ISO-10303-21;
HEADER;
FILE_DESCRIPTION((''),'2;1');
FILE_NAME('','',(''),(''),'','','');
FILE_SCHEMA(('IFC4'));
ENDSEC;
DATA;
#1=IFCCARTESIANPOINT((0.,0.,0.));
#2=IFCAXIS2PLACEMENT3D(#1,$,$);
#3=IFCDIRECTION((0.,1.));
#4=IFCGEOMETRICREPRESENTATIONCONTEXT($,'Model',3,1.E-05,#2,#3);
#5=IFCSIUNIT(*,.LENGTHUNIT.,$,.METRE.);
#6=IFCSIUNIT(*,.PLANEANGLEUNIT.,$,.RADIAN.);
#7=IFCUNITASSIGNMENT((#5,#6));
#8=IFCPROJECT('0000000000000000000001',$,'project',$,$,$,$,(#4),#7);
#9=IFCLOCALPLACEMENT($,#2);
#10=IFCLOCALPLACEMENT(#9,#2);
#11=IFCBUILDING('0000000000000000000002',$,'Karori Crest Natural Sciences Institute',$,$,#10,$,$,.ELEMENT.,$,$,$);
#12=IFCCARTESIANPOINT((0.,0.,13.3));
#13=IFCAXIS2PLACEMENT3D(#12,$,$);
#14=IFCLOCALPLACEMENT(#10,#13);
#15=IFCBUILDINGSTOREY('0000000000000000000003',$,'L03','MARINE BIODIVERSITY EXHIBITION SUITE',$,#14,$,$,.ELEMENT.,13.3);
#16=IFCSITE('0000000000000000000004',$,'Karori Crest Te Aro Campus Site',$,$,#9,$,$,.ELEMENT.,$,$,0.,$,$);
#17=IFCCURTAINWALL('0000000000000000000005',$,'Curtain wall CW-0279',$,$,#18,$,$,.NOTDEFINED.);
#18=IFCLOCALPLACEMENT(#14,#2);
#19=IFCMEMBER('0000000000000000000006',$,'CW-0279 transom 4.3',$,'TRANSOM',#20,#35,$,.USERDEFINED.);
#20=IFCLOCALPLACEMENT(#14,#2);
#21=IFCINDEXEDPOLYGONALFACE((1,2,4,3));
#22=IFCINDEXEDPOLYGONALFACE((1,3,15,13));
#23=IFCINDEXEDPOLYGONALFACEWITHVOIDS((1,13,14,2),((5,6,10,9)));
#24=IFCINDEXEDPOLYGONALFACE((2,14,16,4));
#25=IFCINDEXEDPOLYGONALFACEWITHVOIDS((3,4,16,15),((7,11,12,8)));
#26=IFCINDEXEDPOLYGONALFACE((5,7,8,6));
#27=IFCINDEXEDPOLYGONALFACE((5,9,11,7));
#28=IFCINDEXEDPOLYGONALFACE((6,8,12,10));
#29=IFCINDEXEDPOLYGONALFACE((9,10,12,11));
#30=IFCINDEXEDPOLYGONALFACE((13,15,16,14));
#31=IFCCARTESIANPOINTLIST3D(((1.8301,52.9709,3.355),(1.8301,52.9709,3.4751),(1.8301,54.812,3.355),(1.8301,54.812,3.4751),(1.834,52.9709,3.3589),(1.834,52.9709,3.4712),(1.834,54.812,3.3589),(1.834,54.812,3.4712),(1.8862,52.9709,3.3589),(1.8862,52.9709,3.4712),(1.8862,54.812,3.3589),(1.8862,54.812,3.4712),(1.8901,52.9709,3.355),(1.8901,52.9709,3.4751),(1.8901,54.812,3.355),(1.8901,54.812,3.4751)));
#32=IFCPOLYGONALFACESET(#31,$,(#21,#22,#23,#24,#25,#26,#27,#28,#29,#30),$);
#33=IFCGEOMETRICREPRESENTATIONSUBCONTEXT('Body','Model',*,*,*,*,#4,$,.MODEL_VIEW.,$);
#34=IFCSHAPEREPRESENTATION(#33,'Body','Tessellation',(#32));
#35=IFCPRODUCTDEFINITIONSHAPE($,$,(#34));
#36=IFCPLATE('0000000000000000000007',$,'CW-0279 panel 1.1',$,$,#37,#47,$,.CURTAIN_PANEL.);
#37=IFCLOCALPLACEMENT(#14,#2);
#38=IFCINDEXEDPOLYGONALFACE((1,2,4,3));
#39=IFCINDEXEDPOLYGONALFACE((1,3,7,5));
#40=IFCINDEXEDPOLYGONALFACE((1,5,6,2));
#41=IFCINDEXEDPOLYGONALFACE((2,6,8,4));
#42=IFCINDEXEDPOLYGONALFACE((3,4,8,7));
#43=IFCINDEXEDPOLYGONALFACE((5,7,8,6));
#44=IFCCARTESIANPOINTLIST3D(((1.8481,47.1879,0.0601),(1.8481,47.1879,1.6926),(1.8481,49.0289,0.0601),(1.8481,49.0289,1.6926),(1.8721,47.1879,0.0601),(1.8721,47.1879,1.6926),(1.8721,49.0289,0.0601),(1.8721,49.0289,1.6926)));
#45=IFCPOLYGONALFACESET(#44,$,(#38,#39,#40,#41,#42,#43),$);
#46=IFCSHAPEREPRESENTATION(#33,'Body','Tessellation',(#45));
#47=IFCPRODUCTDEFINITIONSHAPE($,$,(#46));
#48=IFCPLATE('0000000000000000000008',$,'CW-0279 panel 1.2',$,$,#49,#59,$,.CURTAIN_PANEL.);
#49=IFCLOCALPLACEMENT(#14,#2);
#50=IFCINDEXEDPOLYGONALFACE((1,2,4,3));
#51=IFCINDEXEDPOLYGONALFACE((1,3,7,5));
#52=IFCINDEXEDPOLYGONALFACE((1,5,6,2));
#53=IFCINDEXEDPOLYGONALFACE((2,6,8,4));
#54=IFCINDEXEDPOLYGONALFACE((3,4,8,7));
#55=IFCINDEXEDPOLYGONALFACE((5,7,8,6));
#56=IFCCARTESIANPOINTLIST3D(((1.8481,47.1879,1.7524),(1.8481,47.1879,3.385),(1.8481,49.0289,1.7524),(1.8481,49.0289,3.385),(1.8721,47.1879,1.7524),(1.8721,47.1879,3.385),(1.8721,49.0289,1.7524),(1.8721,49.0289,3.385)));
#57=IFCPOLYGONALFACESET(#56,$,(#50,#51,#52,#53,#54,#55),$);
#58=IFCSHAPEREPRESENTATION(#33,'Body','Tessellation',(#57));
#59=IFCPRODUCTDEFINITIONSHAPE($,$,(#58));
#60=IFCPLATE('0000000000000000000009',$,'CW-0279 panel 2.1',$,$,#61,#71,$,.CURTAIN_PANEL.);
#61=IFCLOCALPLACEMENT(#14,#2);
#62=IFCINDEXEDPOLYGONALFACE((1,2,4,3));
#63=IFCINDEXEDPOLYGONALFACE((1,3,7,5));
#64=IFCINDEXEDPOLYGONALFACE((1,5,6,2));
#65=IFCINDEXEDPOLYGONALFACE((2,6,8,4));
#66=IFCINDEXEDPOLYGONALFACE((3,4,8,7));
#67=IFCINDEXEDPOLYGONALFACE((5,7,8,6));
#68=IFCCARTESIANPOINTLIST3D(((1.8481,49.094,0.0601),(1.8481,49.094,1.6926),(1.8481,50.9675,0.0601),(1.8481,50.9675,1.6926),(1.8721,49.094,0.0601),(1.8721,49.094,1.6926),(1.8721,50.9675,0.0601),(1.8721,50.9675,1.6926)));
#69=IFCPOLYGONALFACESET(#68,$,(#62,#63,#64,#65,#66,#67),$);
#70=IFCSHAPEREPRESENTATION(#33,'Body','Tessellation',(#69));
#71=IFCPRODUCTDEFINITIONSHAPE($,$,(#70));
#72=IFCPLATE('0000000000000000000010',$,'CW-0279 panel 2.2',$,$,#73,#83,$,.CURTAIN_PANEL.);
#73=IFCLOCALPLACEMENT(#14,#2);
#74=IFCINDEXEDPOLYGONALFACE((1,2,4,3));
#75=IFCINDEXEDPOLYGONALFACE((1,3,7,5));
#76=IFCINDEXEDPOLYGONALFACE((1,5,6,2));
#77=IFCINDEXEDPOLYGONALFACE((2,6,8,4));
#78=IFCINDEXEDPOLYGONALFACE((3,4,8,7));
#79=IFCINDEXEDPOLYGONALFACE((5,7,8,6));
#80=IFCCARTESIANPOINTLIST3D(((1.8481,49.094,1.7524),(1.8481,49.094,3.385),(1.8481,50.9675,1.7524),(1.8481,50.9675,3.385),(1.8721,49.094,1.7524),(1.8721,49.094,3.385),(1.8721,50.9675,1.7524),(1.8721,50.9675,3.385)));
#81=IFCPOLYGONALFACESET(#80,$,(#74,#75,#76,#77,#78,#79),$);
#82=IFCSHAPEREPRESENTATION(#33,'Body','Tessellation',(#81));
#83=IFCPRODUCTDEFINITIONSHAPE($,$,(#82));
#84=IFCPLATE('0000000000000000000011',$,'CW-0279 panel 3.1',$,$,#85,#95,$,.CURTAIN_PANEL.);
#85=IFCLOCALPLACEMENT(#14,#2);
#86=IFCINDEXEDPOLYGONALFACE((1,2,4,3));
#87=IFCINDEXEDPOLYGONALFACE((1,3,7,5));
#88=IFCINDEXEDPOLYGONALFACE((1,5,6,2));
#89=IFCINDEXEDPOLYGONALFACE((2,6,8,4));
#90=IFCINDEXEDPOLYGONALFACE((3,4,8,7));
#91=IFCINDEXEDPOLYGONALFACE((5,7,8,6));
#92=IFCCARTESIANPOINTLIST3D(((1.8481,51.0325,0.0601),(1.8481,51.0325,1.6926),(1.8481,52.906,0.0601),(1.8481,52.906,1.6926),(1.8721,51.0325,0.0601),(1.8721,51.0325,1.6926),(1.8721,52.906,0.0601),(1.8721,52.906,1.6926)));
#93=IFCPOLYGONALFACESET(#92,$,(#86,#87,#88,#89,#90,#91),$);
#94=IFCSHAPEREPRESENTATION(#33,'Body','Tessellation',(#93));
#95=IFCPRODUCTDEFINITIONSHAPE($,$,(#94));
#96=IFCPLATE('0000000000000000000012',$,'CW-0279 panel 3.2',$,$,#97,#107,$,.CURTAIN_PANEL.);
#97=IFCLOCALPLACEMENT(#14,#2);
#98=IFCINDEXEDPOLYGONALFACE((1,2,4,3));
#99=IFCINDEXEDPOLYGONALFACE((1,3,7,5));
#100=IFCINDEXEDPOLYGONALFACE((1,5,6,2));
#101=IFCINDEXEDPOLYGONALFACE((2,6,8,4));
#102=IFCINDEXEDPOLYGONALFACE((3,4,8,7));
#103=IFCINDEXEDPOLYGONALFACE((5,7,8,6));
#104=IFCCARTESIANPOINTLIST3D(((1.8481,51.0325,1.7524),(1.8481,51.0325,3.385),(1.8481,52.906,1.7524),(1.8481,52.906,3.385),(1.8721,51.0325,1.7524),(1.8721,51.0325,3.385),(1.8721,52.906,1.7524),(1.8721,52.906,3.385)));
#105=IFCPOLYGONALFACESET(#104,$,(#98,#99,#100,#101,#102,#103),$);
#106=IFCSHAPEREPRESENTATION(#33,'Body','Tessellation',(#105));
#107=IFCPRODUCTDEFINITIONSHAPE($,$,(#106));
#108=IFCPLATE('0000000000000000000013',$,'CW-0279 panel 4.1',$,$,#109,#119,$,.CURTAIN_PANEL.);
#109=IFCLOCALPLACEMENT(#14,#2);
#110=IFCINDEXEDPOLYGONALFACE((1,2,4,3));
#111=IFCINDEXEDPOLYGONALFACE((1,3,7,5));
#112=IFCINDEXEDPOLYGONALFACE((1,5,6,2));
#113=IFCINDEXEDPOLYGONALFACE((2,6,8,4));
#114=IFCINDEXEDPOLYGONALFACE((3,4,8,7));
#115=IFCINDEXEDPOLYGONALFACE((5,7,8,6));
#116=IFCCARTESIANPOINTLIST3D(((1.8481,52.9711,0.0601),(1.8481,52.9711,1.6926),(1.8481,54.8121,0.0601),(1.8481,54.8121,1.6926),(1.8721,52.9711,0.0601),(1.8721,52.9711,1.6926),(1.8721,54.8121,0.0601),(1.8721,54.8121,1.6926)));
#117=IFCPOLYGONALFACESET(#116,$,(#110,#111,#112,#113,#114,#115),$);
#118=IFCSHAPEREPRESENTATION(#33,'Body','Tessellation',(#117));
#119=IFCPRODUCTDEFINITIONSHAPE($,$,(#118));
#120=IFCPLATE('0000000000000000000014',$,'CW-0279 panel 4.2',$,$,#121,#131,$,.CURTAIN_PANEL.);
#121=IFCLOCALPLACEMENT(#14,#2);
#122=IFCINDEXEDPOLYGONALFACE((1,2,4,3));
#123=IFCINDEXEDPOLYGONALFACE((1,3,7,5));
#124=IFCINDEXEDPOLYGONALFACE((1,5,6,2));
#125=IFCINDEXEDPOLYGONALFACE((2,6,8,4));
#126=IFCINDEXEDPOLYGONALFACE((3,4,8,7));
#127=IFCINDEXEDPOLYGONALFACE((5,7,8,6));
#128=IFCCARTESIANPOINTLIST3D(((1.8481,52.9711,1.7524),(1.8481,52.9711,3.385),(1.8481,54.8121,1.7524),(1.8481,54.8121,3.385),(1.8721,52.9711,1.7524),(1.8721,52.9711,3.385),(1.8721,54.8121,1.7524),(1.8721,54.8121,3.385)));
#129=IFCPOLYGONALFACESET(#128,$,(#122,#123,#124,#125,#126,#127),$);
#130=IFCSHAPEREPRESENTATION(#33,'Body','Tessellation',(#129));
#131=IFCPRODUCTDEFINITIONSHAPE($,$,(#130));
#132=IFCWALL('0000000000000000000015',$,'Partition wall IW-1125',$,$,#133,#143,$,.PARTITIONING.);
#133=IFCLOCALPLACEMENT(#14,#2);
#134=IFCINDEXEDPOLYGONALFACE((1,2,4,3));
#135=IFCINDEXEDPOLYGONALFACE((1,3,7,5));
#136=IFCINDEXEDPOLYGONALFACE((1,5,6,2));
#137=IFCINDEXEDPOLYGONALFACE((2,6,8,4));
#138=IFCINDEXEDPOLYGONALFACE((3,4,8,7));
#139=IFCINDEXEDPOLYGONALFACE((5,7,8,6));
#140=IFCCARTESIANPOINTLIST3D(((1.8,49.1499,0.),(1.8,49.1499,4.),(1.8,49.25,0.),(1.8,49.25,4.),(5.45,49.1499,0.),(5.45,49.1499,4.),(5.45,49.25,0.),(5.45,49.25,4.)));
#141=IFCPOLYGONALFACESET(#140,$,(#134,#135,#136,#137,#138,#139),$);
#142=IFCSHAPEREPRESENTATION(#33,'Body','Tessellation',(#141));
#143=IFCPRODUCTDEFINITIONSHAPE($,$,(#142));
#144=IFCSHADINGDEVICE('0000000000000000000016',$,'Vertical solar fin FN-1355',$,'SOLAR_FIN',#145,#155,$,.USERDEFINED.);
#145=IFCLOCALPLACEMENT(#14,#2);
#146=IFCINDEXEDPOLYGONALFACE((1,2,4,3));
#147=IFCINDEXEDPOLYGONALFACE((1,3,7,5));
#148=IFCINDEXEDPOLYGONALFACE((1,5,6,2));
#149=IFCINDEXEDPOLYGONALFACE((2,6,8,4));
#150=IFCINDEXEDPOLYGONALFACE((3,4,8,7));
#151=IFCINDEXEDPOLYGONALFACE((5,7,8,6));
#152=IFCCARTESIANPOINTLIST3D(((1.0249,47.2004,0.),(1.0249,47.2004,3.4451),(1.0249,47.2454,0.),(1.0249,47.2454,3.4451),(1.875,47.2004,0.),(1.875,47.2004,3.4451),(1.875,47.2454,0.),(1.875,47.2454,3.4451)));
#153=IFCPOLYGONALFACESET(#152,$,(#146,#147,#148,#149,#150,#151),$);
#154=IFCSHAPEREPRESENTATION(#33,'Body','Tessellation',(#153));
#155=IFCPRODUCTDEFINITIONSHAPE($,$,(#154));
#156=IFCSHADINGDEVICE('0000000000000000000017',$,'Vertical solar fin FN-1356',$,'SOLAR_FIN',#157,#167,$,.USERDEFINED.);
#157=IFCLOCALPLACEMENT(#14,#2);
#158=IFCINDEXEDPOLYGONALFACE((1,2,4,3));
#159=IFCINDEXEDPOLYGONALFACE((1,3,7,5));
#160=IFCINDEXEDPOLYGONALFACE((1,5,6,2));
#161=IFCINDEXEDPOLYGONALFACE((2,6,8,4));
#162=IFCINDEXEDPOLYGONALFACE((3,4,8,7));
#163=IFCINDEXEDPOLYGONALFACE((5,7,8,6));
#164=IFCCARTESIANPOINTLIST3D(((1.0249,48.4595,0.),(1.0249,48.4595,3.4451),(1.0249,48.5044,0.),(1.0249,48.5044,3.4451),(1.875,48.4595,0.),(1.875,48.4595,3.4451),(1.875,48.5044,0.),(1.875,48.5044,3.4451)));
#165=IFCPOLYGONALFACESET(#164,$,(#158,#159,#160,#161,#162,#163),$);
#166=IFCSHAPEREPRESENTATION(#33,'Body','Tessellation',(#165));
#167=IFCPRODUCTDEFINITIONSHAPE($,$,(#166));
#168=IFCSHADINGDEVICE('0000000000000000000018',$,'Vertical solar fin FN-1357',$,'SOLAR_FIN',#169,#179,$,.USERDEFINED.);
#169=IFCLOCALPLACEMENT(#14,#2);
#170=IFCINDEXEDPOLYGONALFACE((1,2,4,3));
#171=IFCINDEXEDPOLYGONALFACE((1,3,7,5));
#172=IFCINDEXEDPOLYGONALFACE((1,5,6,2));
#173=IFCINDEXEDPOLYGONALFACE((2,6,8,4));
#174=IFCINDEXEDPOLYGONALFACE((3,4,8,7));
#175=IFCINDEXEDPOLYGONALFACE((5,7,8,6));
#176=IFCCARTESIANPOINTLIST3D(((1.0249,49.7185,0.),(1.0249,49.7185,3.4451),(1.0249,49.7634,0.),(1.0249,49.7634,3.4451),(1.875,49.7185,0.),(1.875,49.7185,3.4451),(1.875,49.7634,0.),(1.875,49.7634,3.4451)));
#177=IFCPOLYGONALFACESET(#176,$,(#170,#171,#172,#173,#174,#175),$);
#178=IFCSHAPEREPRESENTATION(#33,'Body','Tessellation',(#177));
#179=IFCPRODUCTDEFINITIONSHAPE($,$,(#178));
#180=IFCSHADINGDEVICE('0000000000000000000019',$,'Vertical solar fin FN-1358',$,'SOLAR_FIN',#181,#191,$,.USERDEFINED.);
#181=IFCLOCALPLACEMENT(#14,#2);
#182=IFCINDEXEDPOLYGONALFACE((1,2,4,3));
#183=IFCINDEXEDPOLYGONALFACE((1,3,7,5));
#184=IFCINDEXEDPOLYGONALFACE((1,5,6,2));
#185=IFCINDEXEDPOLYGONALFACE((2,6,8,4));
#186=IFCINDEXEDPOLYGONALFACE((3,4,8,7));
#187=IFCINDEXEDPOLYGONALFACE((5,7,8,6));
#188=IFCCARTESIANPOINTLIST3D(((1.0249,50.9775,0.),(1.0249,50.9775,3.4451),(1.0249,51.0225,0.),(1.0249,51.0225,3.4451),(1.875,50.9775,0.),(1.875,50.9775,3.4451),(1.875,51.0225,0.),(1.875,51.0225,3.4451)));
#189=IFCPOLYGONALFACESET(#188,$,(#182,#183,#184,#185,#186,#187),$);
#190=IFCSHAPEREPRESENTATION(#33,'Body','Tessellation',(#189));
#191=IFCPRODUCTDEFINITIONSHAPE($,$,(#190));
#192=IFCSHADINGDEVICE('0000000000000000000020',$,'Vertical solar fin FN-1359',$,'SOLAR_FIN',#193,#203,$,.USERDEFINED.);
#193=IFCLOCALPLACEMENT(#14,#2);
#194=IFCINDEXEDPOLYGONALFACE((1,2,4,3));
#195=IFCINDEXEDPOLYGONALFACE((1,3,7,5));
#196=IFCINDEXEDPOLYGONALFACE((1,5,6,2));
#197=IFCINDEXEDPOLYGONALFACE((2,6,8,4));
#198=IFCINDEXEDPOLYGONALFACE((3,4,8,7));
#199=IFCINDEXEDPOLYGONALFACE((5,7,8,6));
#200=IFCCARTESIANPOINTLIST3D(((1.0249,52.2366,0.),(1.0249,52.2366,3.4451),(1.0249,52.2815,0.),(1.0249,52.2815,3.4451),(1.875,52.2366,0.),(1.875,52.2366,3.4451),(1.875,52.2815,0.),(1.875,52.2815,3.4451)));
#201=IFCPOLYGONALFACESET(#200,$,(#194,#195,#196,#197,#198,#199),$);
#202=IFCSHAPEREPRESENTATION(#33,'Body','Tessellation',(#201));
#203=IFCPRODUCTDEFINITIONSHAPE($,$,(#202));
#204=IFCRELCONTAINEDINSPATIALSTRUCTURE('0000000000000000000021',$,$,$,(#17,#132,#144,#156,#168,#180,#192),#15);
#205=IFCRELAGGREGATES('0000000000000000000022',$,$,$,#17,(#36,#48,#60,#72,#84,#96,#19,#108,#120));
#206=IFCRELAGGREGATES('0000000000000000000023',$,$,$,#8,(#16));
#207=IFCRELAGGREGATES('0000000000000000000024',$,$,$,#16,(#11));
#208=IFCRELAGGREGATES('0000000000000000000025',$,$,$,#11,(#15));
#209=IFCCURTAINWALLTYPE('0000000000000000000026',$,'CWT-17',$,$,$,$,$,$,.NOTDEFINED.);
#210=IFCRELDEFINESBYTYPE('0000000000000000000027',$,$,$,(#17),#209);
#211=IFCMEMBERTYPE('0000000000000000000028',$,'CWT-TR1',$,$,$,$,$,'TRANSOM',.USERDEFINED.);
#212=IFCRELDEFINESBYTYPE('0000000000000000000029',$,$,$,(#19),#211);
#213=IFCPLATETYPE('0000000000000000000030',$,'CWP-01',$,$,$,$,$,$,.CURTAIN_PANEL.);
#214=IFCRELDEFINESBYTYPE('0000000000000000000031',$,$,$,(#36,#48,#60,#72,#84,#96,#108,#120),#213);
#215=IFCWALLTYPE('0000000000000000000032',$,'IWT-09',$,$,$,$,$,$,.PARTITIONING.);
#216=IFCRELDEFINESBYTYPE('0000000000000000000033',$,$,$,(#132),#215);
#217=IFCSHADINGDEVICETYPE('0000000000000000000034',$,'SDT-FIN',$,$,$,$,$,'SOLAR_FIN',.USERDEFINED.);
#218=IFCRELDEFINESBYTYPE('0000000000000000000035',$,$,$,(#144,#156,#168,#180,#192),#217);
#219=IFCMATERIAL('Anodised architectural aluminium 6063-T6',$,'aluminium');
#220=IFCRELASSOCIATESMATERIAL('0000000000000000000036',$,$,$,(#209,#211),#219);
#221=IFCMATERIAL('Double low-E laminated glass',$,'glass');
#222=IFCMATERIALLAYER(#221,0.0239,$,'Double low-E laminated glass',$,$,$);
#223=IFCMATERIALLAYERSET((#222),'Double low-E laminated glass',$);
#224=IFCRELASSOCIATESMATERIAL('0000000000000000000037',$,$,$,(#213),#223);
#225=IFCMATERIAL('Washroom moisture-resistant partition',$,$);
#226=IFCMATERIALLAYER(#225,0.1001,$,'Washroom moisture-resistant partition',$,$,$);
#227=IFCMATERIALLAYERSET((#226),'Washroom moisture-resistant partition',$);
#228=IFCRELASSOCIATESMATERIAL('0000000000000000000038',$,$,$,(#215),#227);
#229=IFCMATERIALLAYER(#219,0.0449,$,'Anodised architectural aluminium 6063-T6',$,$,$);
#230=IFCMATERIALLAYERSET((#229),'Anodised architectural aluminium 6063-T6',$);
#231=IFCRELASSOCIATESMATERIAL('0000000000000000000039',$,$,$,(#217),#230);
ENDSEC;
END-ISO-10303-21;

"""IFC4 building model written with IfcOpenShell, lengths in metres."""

from ifc_helpers import new_model, si_unit, direction, frame, frame_2d, origin, origin_2d, place, context, subcontext, project, spatial, rectangle, hollow_rectangle, extrude, material, layer, layer_set, material_profile, profile_set, type_object, element, aggregate, save


model = new_model("IFC4")

# Units and contexts
model_context = context("Model", 3, precision=1e-05, world=origin(), true_north=direction((0.0, 1.0)))
body_context = subcontext(model_context, "Body", "Model", "MODEL_VIEW")
ifc_project = project(units=[si_unit("LENGTHUNIT", "METRE"), si_unit("PLANEANGLEUNIT", "RADIAN")], contexts=[model_context])

# Site, building, storey
site_placement = place(None, origin())
site = spatial("IfcSite", under=ifc_project, at=site_placement, Name="Karori Crest Te Aro Campus Site", CompositionType="ELEMENT", RefElevation=0.0)
building_placement = place(site_placement, origin())
building = spatial("IfcBuilding", under=site, at=building_placement, Name="Karori Crest Natural Sciences Institute", CompositionType="ELEMENT")
storey_placement = place(building_placement, frame((0.0, 0.0, 13.3)))
storey = spatial("IfcBuildingStorey", under=building, at=storey_placement, Name="L03", Description="MARINE BIODIVERSITY EXHIBITION SUITE", CompositionType="ELEMENT", Elevation=13.3)

# Curtain wall, member, plates
ifc_material_1 = material(Name="Anodised architectural aluminium 6063-T6", Category="aluminium")
curtain_wall_type = type_object("IfcCurtainWallType", Name="CWT-17", PredefinedType="NOTDEFINED", material=ifc_material_1)
curtain_wall_placement = place(storey_placement, origin())
curtain_wall = element("IfcCurtainWall", 1, at=curtain_wall_placement, inside=storey, type_object=curtain_wall_type, Name="Curtain wall CW-0279", PredefinedType="NOTDEFINED")
ifc_material_profile_1 = material_profile(ifc_material_1, hollow_rectangle(XDim=0.0601, YDim=0.1201, WallThickness=0.0039, at=origin_2d()), Name="CWT120x60x4")
ifc_profile_set_1 = profile_set([ifc_material_profile_1], Name="Anodised architectural aluminium 6063-T6")
member_type_1 = type_object("IfcMemberType", Name="CWT-TR1", ElementType="TRANSOM", PredefinedType="USERDEFINED", material=ifc_profile_set_1)
member_1_placement = place(storey_placement, frame((1.8601, 52.9709, 3.415), z_axis=(0.0, 1.0, 0.0), x_axis=(-1.0, 0.0, 0.0)))
member_1 = element("IfcMember", 2, at=member_1_placement, type_object=member_type_1, Name="CW-0279 transom 4.3", ObjectType="TRANSOM", PredefinedType="USERDEFINED", context=body_context, shape_type="SweptSolid", body=[
    extrude(hollow_rectangle(XDim=0.0601, YDim=0.1201, WallThickness=0.0039, at=origin_2d()), origin(), (0.0, 0.0, 1.0), 1.8411),
])
ifc_material_2 = material(Name="Double low-E laminated glass", Category="glass")
ifc_layer_1 = layer(ifc_material_2, 0.0239, Name="Double low-E laminated glass")
ifc_layer_set_1 = layer_set([ifc_layer_1], Name="Double low-E laminated glass")
plate_type = type_object("IfcPlateType", Name="CWP-01", PredefinedType="CURTAIN_PANEL", material=ifc_layer_set_1)
plate_1_placement = place(storey_placement, frame((1.8601, 48.1084, 0.0601), z_axis=(0.0, 0.0, 1.0), x_axis=(0.0, 1.0, 0.0)))
plate_1 = element("IfcPlate", 3, at=plate_1_placement, type_object=plate_type, Name="CW-0279 panel 1.1", PredefinedType="CURTAIN_PANEL", context=body_context, shape_type="SweptSolid", body=[
    extrude(rectangle(XDim=1.8411, YDim=0.0239, at=origin_2d()), origin(), (0.0, 0.0, 1.0), 1.6326),
])
plate_2_placement = place(storey_placement, frame((1.8601, 48.1084, 1.7524), z_axis=(0.0, 0.0, 1.0), x_axis=(0.0, 1.0, 0.0)))
plate_2 = element("IfcPlate", 4, at=plate_2_placement, type_object=plate_type, Name="CW-0279 panel 1.2", PredefinedType="CURTAIN_PANEL", context=body_context, shape_type="SweptSolid", body=[
    extrude(rectangle(XDim=1.8411, YDim=0.0239, at=origin_2d()), origin(), (0.0, 0.0, 1.0), 1.6326),
])
plate_3_placement = place(storey_placement, frame((1.8601, 50.0308, 0.0601), z_axis=(0.0, 0.0, 1.0), x_axis=(0.0, 1.0, 0.0)))
plate_3 = element("IfcPlate", 5, at=plate_3_placement, type_object=plate_type, Name="CW-0279 panel 2.1", PredefinedType="CURTAIN_PANEL", context=body_context, shape_type="SweptSolid", body=[
    extrude(rectangle(XDim=1.8735, YDim=0.0239, at=origin_2d()), origin(), (0.0, 0.0, 1.0), 1.6326),
])
plate_4_placement = place(storey_placement, frame((1.8601, 50.0308, 1.7524), z_axis=(0.0, 0.0, 1.0), x_axis=(0.0, 1.0, 0.0)))
plate_4 = element("IfcPlate", 6, at=plate_4_placement, type_object=plate_type, Name="CW-0279 panel 2.2", PredefinedType="CURTAIN_PANEL", context=body_context, shape_type="SweptSolid", body=[
    extrude(rectangle(XDim=1.8735, YDim=0.0239, at=origin_2d()), origin(), (0.0, 0.0, 1.0), 1.6326),
])
plate_5_placement = place(storey_placement, frame((1.8601, 51.9692, 0.0601), z_axis=(0.0, 0.0, 1.0), x_axis=(0.0, 1.0, 0.0)))
plate_5 = element("IfcPlate", 7, at=plate_5_placement, type_object=plate_type, Name="CW-0279 panel 3.1", PredefinedType="CURTAIN_PANEL", context=body_context, shape_type="SweptSolid", body=[
    extrude(rectangle(XDim=1.8735, YDim=0.0239, at=origin_2d()), origin(), (0.0, 0.0, 1.0), 1.6326),
])
plate_6_placement = place(storey_placement, frame((1.8601, 51.9692, 1.7524), z_axis=(0.0, 0.0, 1.0), x_axis=(0.0, 1.0, 0.0)))
plate_6 = element("IfcPlate", 8, at=plate_6_placement, type_object=plate_type, Name="CW-0279 panel 3.2", PredefinedType="CURTAIN_PANEL", context=body_context, shape_type="SweptSolid", body=[
    extrude(rectangle(XDim=1.8735, YDim=0.0239, at=origin_2d()), origin(), (0.0, 0.0, 1.0), 1.6326),
])
plate_7_placement = place(storey_placement, frame((1.8601, 53.8916, 0.0601), z_axis=(0.0, 0.0, 1.0), x_axis=(0.0, 1.0, 0.0)))
plate_7 = element("IfcPlate", 9, at=plate_7_placement, type_object=plate_type, Name="CW-0279 panel 4.1", PredefinedType="CURTAIN_PANEL", context=body_context, shape_type="SweptSolid", body=[
    extrude(rectangle(XDim=1.8411, YDim=0.0239, at=origin_2d()), origin(), (0.0, 0.0, 1.0), 1.6326),
])
plate_8_placement = place(storey_placement, frame((1.8601, 53.8916, 1.7524), z_axis=(0.0, 0.0, 1.0), x_axis=(0.0, 1.0, 0.0)))
plate_8 = element("IfcPlate", 10, at=plate_8_placement, type_object=plate_type, Name="CW-0279 panel 4.2", PredefinedType="CURTAIN_PANEL", context=body_context, shape_type="SweptSolid", body=[
    extrude(rectangle(XDim=1.8411, YDim=0.0239, at=origin_2d()), origin(), (0.0, 0.0, 1.0), 1.6326),
])
aggregate(curtain_wall, [plate_1, plate_2, plate_3, plate_4, plate_5, plate_6, member_1, plate_7, plate_8])

# Wall
ifc_material_3 = material(Name="Washroom moisture-resistant partition")
ifc_layer_2 = layer(ifc_material_3, 0.1001, Name="Washroom moisture-resistant partition")
ifc_layer_set_2 = layer_set([ifc_layer_2], Name="Washroom moisture-resistant partition")
wall_type = type_object("IfcWallType", Name="IWT-09", PredefinedType="PARTITIONING", material=ifc_layer_set_2)
wall_placement = place(storey_placement, frame((1.8, 49.2, 0.0), z_axis=(0.0, 0.0, 1.0), x_axis=(1.0, 0.0, 0.0)))
element("IfcWall", 11, at=wall_placement, inside=storey, type_object=wall_type, Name="Partition wall IW-1125", PredefinedType="PARTITIONING", context=body_context, shape_type="SweptSolid", body=[
    extrude(rectangle(XDim=3.6499, YDim=0.1001, at=frame_2d((1.825, 0.0))), origin(), (0.0, 0.0, 1.0), 4.0),
])

# Shading devices
ifc_layer_3 = layer(ifc_material_1, 0.0449, Name="Anodised architectural aluminium 6063-T6")
ifc_layer_set_3 = layer_set([ifc_layer_3], Name="Anodised architectural aluminium 6063-T6")
shading_device_type = type_object("IfcShadingDeviceType", Name="SDT-FIN", ElementType="SOLAR_FIN", PredefinedType="USERDEFINED", material=ifc_layer_set_3)
for number, where, z_axis, x_axis, name in (
    (12, (1.45, 47.2229, 0.0), (0.0, 0.0, 1.0), (-1.0, 0.0, 0.0), "Vertical solar fin FN-1355"),
    (13, (1.45, 48.4819, 0.0), (0.0, 0.0, 1.0), (-1.0, 0.0, 0.0), "Vertical solar fin FN-1356"),
    (14, (1.45, 49.741, 0.0), (0.0, 0.0, 1.0), (-1.0, 0.0, 0.0), "Vertical solar fin FN-1357"),
    (15, (1.45, 51.0, 0.0), (0.0, 0.0, 1.0), (-1.0, 0.0, 0.0), "Vertical solar fin FN-1358"),
    (16, (1.45, 52.259, 0.0), (0.0, 0.0, 1.0), (-1.0, 0.0, 0.0), "Vertical solar fin FN-1359"),
):
    element("IfcShadingDevice", number, at=place(storey_placement, frame(where, z_axis=z_axis, x_axis=x_axis)), inside=storey, type_object=shading_device_type, Name=name, ObjectType="SOLAR_FIN", PredefinedType="USERDEFINED", context=body_context, shape_type="SweptSolid", body=[
        extrude(rectangle(XDim=0.8501, YDim=0.0449, at=origin_2d()), origin(), (0.0, 0.0, 1.0), 3.4451),
    ])

save(model, "model.ifc")
